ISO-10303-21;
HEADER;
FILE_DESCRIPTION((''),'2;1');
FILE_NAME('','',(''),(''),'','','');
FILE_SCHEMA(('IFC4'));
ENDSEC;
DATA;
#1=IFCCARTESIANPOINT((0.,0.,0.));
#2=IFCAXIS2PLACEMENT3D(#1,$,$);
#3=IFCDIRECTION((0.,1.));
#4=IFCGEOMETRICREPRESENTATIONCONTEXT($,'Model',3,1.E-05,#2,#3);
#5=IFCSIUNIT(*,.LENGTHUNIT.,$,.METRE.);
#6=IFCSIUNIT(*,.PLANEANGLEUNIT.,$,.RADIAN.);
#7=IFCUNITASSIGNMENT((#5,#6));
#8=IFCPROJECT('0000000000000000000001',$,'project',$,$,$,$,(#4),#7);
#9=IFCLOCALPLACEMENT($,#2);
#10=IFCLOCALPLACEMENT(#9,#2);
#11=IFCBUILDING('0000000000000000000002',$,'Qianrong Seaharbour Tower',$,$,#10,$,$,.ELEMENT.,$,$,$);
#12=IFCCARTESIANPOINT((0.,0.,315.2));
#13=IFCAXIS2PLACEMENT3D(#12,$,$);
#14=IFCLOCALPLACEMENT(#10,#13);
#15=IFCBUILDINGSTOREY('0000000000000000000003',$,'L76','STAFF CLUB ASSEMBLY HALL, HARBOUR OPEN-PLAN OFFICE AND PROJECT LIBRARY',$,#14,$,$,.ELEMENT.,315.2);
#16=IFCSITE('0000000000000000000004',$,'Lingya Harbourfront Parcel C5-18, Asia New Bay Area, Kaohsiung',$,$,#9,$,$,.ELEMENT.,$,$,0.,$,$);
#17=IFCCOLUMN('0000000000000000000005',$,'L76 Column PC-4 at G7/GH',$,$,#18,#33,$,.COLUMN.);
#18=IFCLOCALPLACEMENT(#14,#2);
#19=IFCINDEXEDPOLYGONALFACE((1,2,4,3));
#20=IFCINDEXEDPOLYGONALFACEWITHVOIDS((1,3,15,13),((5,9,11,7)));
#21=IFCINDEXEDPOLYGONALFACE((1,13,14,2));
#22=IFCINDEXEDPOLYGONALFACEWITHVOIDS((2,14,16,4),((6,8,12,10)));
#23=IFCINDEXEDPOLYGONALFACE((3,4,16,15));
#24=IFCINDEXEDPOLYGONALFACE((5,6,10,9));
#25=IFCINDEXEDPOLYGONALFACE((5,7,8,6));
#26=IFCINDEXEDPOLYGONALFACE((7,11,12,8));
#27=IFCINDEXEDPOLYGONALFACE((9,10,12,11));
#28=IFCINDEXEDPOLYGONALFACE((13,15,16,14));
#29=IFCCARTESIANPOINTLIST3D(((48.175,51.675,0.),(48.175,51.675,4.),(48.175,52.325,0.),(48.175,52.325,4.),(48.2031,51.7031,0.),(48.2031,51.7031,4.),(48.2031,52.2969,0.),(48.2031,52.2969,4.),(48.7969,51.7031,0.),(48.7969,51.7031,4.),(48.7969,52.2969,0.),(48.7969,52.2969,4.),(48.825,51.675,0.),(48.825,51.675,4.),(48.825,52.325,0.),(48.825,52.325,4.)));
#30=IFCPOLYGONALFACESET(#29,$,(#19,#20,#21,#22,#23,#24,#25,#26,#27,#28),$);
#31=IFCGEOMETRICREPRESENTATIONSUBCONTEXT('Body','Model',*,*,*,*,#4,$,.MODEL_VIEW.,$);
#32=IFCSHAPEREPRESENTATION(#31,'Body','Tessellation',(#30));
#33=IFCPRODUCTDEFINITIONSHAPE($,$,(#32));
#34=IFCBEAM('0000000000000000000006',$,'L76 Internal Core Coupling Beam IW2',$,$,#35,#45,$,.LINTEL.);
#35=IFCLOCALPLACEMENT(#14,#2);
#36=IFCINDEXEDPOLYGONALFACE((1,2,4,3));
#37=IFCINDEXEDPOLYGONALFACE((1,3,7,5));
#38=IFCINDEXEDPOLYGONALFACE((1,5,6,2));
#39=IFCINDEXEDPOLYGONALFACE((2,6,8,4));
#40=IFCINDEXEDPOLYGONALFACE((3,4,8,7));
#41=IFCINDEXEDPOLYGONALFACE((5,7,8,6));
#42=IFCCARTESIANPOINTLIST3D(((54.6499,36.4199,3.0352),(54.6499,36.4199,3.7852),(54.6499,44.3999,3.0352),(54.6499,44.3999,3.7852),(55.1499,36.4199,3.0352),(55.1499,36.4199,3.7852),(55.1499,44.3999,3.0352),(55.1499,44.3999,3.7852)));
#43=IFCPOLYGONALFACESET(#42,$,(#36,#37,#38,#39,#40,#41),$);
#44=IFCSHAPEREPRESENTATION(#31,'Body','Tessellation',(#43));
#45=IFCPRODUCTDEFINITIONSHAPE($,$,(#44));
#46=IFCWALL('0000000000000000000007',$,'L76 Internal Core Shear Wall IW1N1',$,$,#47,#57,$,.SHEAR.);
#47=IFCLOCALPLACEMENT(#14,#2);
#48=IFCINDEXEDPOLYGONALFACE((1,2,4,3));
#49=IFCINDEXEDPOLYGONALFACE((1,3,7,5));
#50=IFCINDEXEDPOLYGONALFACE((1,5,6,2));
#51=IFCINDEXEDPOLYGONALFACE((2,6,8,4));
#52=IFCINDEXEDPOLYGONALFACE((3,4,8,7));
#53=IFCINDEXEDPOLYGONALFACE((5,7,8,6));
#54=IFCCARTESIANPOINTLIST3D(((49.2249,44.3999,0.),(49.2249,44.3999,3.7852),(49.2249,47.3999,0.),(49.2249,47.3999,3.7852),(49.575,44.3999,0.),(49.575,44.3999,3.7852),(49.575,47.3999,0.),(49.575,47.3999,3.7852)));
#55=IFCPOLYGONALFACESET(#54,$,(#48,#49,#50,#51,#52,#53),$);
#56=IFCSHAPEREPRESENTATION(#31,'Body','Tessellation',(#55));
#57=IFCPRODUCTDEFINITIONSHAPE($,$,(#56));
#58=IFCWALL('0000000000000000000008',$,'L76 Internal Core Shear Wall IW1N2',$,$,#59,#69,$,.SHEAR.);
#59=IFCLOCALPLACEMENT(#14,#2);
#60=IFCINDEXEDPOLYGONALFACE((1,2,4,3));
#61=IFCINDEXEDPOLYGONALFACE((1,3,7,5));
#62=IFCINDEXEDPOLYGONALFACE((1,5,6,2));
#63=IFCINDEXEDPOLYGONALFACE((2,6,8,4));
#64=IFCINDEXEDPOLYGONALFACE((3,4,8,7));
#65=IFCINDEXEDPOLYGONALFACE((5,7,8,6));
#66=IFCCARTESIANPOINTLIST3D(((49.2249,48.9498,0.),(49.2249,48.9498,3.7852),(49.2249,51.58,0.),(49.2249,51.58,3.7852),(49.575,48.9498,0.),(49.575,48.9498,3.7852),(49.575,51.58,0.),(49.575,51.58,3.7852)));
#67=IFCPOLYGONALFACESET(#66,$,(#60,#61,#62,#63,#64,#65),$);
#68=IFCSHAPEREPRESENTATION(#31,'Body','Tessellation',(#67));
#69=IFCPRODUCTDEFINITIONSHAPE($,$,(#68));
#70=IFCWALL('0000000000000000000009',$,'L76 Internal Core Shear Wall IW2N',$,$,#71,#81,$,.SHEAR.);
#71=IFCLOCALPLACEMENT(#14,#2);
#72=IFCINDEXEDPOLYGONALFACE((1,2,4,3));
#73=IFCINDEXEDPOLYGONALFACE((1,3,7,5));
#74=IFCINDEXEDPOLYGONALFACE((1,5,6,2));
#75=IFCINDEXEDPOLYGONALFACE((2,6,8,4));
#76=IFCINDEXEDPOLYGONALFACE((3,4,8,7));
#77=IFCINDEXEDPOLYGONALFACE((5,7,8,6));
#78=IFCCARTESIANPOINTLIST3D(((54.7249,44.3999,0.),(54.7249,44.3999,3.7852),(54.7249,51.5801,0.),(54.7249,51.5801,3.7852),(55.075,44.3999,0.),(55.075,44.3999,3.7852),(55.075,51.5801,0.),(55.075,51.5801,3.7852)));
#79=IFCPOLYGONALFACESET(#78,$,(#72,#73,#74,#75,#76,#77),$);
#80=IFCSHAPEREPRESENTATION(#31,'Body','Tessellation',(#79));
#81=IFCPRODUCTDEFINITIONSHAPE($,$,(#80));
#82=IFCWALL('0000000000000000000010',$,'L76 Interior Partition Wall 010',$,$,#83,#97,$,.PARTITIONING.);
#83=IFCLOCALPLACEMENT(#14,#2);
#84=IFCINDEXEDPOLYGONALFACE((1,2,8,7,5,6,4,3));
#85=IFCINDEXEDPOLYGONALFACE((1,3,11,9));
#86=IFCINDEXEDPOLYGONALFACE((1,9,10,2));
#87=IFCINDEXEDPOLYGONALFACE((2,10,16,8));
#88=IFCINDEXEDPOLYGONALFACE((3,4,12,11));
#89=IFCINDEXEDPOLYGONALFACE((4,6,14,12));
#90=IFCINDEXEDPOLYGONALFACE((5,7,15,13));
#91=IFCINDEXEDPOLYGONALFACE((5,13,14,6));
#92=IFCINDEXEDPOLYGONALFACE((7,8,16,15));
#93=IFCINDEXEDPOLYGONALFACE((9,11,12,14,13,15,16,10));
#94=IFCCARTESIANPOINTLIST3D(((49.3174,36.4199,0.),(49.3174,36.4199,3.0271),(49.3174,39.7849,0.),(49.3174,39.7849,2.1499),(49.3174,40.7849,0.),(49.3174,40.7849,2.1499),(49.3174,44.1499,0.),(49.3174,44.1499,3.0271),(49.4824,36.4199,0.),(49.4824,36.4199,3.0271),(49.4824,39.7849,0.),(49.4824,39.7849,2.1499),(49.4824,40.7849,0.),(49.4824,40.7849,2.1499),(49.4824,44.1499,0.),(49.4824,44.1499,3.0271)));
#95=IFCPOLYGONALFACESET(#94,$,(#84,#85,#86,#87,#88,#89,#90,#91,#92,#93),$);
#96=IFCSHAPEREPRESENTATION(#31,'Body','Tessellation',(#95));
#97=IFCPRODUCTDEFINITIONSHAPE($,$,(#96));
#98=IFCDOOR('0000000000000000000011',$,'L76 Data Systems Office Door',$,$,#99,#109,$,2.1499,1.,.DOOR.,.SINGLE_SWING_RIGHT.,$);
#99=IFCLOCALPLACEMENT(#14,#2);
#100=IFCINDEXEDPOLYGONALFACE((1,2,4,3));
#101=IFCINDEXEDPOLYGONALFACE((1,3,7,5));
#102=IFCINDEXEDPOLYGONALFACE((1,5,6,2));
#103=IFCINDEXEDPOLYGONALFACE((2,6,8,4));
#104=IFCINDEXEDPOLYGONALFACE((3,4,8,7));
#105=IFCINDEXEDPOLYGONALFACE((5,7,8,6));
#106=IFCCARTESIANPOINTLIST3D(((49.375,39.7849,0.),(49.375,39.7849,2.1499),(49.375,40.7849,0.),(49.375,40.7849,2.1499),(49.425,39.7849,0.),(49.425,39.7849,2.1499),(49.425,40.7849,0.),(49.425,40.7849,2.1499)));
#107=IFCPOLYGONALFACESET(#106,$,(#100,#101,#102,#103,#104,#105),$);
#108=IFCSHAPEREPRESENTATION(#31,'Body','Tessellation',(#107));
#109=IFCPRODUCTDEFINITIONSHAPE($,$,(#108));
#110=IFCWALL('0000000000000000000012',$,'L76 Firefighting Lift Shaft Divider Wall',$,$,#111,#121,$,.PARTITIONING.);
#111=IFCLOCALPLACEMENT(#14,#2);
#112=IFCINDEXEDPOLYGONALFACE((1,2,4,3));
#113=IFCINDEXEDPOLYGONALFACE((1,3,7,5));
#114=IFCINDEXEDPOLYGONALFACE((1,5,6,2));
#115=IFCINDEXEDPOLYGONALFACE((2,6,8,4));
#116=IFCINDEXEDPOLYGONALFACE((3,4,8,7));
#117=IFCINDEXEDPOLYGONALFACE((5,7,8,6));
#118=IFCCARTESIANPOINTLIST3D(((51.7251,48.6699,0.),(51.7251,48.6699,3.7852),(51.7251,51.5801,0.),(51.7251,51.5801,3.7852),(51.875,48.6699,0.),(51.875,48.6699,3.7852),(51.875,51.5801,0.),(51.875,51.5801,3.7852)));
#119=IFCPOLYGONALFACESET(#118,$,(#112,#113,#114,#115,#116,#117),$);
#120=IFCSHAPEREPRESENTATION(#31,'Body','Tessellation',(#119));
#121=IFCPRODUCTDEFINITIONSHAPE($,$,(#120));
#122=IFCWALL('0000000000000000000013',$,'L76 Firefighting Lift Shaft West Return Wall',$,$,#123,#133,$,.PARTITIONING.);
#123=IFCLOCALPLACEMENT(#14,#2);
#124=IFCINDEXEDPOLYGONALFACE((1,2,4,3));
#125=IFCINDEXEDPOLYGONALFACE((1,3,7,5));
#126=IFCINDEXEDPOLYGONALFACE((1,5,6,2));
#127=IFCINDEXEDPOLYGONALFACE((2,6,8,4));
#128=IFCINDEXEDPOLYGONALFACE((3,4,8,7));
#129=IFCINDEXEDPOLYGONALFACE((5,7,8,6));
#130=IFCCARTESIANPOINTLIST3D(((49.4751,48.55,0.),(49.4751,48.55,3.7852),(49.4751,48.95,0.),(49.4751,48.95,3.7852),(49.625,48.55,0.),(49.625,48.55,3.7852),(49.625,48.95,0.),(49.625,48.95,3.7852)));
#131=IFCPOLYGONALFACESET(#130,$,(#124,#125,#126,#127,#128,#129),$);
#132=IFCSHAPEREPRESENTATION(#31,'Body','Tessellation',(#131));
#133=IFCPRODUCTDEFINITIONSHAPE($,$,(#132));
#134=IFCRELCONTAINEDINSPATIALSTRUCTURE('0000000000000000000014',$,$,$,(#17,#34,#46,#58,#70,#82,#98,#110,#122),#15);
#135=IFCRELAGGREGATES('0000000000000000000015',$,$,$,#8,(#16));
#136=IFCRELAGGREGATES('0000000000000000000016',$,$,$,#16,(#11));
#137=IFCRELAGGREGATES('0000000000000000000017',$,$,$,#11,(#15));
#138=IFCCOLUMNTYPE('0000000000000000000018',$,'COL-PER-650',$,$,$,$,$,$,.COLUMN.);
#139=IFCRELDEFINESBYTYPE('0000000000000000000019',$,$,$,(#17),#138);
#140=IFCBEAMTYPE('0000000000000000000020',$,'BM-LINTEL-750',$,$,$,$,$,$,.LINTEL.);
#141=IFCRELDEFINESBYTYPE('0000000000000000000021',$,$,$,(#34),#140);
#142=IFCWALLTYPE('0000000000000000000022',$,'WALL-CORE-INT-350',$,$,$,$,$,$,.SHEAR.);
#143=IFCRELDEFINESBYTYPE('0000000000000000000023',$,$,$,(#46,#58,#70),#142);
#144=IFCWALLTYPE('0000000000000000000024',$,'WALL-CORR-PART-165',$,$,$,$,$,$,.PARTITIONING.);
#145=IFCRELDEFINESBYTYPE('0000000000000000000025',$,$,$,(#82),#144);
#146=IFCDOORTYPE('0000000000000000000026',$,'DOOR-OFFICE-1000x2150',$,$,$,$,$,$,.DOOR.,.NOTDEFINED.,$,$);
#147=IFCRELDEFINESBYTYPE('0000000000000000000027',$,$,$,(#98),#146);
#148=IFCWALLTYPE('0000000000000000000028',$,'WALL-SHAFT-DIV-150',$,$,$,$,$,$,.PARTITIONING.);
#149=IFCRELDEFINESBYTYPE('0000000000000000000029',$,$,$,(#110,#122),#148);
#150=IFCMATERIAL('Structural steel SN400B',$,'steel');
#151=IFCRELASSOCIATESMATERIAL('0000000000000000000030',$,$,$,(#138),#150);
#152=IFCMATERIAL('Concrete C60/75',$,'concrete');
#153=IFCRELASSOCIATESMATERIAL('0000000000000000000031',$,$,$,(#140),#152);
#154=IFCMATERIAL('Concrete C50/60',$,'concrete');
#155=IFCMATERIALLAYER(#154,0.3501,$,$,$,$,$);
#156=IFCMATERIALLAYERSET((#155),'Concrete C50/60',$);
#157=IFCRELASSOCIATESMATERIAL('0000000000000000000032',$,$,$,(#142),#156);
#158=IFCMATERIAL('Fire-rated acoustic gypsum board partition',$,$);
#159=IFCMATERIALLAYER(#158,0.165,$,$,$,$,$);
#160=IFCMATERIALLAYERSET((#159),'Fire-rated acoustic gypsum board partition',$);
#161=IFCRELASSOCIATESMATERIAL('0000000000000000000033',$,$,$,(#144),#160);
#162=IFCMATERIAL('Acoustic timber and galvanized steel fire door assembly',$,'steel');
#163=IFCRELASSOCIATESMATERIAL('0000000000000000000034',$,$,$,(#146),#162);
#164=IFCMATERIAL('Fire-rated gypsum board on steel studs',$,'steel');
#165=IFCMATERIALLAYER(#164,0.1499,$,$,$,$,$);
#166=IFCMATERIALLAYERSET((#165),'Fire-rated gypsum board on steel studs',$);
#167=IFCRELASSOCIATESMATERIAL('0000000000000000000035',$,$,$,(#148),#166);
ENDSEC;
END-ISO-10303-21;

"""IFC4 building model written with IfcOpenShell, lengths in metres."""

from ifc_helpers import new_model, si_unit, direction, frame, frame_2d, origin, origin_2d, place, context, subcontext, project, spatial, rectangle, hollow_rectangle, extrude, material, layer, layer_set, material_profile, profile_set, type_object, element, fill, save


model = new_model("IFC4")

# Units and contexts
model_context = context("Model", 3, precision=1e-05, world=origin(), true_north=direction((0.0, 1.0)))
body_context = subcontext(model_context, "Body", "Model", "MODEL_VIEW")
ifc_project = project(units=[si_unit("LENGTHUNIT", "METRE"), si_unit("PLANEANGLEUNIT", "RADIAN")], contexts=[model_context])

# Site, building, storey
site_placement = place(None, origin())
site = spatial("IfcSite", under=ifc_project, at=site_placement, Name="Lingya Harbourfront Parcel C5-18, Asia New Bay Area, Kaohsiung", CompositionType="ELEMENT", RefElevation=0.0)
building_placement = place(site_placement, origin())
building = spatial("IfcBuilding", under=site, at=building_placement, Name="Qianrong Seaharbour Tower", CompositionType="ELEMENT")
storey_placement = place(building_placement, frame((0.0, 0.0, 315.2)))
storey = spatial("IfcBuildingStorey", under=building, at=storey_placement, Name="L76", Description="STAFF CLUB ASSEMBLY HALL, HARBOUR OPEN-PLAN OFFICE AND PROJECT LIBRARY", CompositionType="ELEMENT", Elevation=315.2)

# Column
ifc_material_1 = material(Name="Structural steel SN400B", Category="steel")
ifc_material_profile_1 = material_profile(ifc_material_1, hollow_rectangle(XDim=0.6499, YDim=0.6499, WallThickness=0.0281, at=origin_2d()), Name="BOX650x650x28")
ifc_profile_set_1 = profile_set([ifc_material_profile_1], Name="Structural steel SN400B")
column_type = type_object("IfcColumnType", Name="COL-PER-650", PredefinedType="COLUMN", material=ifc_profile_set_1)
column_placement = place(storey_placement, frame((48.5, 52.0, 0.0), z_axis=(0.0, 0.0, 1.0), x_axis=(1.0, 0.0, 0.0)))
element("IfcColumn", 1, at=column_placement, inside=storey, type_object=column_type, Name="L76 Column PC-4 at G7/GH", PredefinedType="COLUMN", context=body_context, shape_type="SweptSolid", body=[
    extrude(hollow_rectangle(XDim=0.6499, YDim=0.6499, WallThickness=0.0281, at=origin_2d()), origin(), (0.0, 0.0, 1.0), 4.0),
])

# Beam
ifc_material_2 = material(Name="Concrete C60/75", Category="concrete")
ifc_material_profile_2 = material_profile(ifc_material_2, rectangle(XDim=0.5, YDim=0.75, at=origin_2d()), Name="RC500x750")
ifc_profile_set_2 = profile_set([ifc_material_profile_2], Name="Concrete C60/75")
beam_type = type_object("IfcBeamType", Name="BM-LINTEL-750", PredefinedType="LINTEL", material=ifc_profile_set_2)
beam_placement = place(storey_placement, frame((54.8999, 36.4199, 3.4102), z_axis=(0.0, 1.0, 0.0), x_axis=(-1.0, 0.0, 0.0)))
element("IfcBeam", 2, at=beam_placement, inside=storey, type_object=beam_type, Name="L76 Internal Core Coupling Beam IW2", PredefinedType="LINTEL", context=body_context, shape_type="SweptSolid", body=[
    extrude(rectangle(XDim=0.5, YDim=0.75, at=origin_2d()), origin(), (0.0, 0.0, 1.0), 7.98),
])

# Walls
ifc_material_3 = material(Name="Concrete C50/60", Category="concrete")
ifc_layer_1 = layer(ifc_material_3, 0.3501)
ifc_layer_set_1 = layer_set([ifc_layer_1], Name="Concrete C50/60")
wall_type_1 = type_object("IfcWallType", Name="WALL-CORE-INT-350", PredefinedType="SHEAR", material=ifc_layer_set_1)
wall_1_placement = place(storey_placement, frame((49.3999, 44.3999, 0.0), z_axis=(0.0, 0.0, 1.0), x_axis=(0.0, 1.0, 0.0)))
element("IfcWall", 3, at=wall_1_placement, inside=storey, type_object=wall_type_1, Name="L76 Internal Core Shear Wall IW1N1", PredefinedType="SHEAR", context=body_context, shape_type="SweptSolid", body=[
    extrude(rectangle(XDim=3.0, YDim=0.3501, at=frame_2d((1.5, 0.0))), origin(), (0.0, 0.0, 1.0), 3.7852),
])
wall_2_placement = place(storey_placement, frame((49.3999, 48.95, 0.0), z_axis=(0.0, 0.0, 1.0), x_axis=(0.0, 1.0, 0.0)))
element("IfcWall", 4, at=wall_2_placement, inside=storey, type_object=wall_type_1, Name="L76 Internal Core Shear Wall IW1N2", PredefinedType="SHEAR", context=body_context, shape_type="SweptSolid", body=[
    extrude(rectangle(XDim=2.6301, YDim=0.3501, at=frame_2d((1.3149, 0.0))), origin(), (0.0, 0.0, 1.0), 3.7852),
])
wall_3_placement = place(storey_placement, frame((54.8999, 44.3999, 0.0), z_axis=(0.0, 0.0, 1.0), x_axis=(0.0, 1.0, 0.0)))
element("IfcWall", 5, at=wall_3_placement, inside=storey, type_object=wall_type_1, Name="L76 Internal Core Shear Wall IW2N", PredefinedType="SHEAR", context=body_context, shape_type="SweptSolid", body=[
    extrude(rectangle(XDim=7.1802, YDim=0.3501, at=frame_2d((3.5901, 0.0))), origin(), (0.0, 0.0, 1.0), 3.7852),
])

# Wall, opening, door
ifc_material_4 = material(Name="Fire-rated acoustic gypsum board partition")
ifc_layer_2 = layer(ifc_material_4, 0.165)
ifc_layer_set_2 = layer_set([ifc_layer_2], Name="Fire-rated acoustic gypsum board partition")
wall_type_2 = type_object("IfcWallType", Name="WALL-CORR-PART-165", PredefinedType="PARTITIONING", material=ifc_layer_set_2)
wall_4_placement = place(storey_placement, frame((49.3999, 36.4199, 0.0), z_axis=(0.0, 0.0, 1.0), x_axis=(0.0, 1.0, 0.0)))
wall_4 = element("IfcWall", 6, at=wall_4_placement, inside=storey, type_object=wall_type_2, Name="L76 Interior Partition Wall 010", PredefinedType="PARTITIONING", context=body_context, shape_type="SweptSolid", body=[
    extrude(rectangle(XDim=7.73, YDim=0.165, at=frame_2d((3.865, 0.0))), origin(), (0.0, 0.0, 1.0), 3.0271),
])
opening_1_placement = place(wall_4_placement, frame((3.365, 0.0, 0.0)))
opening_1 = element("IfcOpeningElement", 7, at=opening_1_placement, cuts=wall_4, PredefinedType="OPENING", context=body_context, shape_type="SweptSolid", body=[
    extrude(rectangle(XDim=1.0, YDim=2.1499, at=frame_2d((0.5, 1.075))), frame((0.0, 0.0925, 0.0), z_axis=(0.0, -1.0, 0.0), x_axis=(1.0, 0.0, 0.0)), (0.0, 0.0, 1.0), 0.1851),
])
ifc_material_5 = material(Name="Acoustic timber and galvanized steel fire door assembly", Category="steel")
door_type_1 = type_object("IfcDoorType", Name="DOOR-OFFICE-1000x2150", OperationType="NOTDEFINED", PredefinedType="DOOR", material=ifc_material_5)
door_1_placement = place(opening_1_placement, origin())
door_1 = element("IfcDoor", 8, at=door_1_placement, inside=storey, type_object=door_type_1, Name="L76 Data Systems Office Door", OperationType="SINGLE_SWING_RIGHT", OverallHeight=2.1499, OverallWidth=1.0, PredefinedType="DOOR", context=body_context, shape_type="SweptSolid", body=[
    extrude(rectangle(XDim=1.0, YDim=2.1499, at=frame_2d((0.5, 1.075))), frame((0.0, 0.0249, 0.0), z_axis=(0.0, -1.0, 0.0), x_axis=(1.0, 0.0, 0.0)), (0.0, 0.0, 1.0), 0.05),
])
fill(opening_1, door_1)

# Walls
ifc_material_6 = material(Name="Fire-rated gypsum board on steel studs", Category="steel")
ifc_layer_3 = layer(ifc_material_6, 0.1499)
ifc_layer_set_3 = layer_set([ifc_layer_3], Name="Fire-rated gypsum board on steel studs")
wall_type_3 = type_object("IfcWallType", Name="WALL-SHAFT-DIV-150", PredefinedType="PARTITIONING", material=ifc_layer_set_3)
wall_5_placement = place(storey_placement, frame((51.8, 48.6699, 0.0), z_axis=(0.0, 0.0, 1.0), x_axis=(0.0, 1.0, 0.0)))
element("IfcWall", 9, at=wall_5_placement, inside=storey, type_object=wall_type_3, Name="L76 Firefighting Lift Shaft Divider Wall", PredefinedType="PARTITIONING", context=body_context, shape_type="SweptSolid", body=[
    extrude(rectangle(XDim=2.9102, YDim=0.1499, at=frame_2d((1.4551, 0.0))), origin(), (0.0, 0.0, 1.0), 3.7852),
])
wall_6_placement = place(storey_placement, frame((49.55, 48.55, 0.0), z_axis=(0.0, 0.0, 1.0), x_axis=(0.0, 1.0, 0.0)))
element("IfcWall", 10, at=wall_6_placement, inside=storey, type_object=wall_type_3, Name="L76 Firefighting Lift Shaft West Return Wall", PredefinedType="PARTITIONING", context=body_context, shape_type="SweptSolid", body=[
    extrude(rectangle(XDim=0.3999, YDim=0.1499, at=frame_2d((0.2, 0.0))), origin(), (0.0, 0.0, 1.0), 3.7852),
])

save(model, "model.ifc")
